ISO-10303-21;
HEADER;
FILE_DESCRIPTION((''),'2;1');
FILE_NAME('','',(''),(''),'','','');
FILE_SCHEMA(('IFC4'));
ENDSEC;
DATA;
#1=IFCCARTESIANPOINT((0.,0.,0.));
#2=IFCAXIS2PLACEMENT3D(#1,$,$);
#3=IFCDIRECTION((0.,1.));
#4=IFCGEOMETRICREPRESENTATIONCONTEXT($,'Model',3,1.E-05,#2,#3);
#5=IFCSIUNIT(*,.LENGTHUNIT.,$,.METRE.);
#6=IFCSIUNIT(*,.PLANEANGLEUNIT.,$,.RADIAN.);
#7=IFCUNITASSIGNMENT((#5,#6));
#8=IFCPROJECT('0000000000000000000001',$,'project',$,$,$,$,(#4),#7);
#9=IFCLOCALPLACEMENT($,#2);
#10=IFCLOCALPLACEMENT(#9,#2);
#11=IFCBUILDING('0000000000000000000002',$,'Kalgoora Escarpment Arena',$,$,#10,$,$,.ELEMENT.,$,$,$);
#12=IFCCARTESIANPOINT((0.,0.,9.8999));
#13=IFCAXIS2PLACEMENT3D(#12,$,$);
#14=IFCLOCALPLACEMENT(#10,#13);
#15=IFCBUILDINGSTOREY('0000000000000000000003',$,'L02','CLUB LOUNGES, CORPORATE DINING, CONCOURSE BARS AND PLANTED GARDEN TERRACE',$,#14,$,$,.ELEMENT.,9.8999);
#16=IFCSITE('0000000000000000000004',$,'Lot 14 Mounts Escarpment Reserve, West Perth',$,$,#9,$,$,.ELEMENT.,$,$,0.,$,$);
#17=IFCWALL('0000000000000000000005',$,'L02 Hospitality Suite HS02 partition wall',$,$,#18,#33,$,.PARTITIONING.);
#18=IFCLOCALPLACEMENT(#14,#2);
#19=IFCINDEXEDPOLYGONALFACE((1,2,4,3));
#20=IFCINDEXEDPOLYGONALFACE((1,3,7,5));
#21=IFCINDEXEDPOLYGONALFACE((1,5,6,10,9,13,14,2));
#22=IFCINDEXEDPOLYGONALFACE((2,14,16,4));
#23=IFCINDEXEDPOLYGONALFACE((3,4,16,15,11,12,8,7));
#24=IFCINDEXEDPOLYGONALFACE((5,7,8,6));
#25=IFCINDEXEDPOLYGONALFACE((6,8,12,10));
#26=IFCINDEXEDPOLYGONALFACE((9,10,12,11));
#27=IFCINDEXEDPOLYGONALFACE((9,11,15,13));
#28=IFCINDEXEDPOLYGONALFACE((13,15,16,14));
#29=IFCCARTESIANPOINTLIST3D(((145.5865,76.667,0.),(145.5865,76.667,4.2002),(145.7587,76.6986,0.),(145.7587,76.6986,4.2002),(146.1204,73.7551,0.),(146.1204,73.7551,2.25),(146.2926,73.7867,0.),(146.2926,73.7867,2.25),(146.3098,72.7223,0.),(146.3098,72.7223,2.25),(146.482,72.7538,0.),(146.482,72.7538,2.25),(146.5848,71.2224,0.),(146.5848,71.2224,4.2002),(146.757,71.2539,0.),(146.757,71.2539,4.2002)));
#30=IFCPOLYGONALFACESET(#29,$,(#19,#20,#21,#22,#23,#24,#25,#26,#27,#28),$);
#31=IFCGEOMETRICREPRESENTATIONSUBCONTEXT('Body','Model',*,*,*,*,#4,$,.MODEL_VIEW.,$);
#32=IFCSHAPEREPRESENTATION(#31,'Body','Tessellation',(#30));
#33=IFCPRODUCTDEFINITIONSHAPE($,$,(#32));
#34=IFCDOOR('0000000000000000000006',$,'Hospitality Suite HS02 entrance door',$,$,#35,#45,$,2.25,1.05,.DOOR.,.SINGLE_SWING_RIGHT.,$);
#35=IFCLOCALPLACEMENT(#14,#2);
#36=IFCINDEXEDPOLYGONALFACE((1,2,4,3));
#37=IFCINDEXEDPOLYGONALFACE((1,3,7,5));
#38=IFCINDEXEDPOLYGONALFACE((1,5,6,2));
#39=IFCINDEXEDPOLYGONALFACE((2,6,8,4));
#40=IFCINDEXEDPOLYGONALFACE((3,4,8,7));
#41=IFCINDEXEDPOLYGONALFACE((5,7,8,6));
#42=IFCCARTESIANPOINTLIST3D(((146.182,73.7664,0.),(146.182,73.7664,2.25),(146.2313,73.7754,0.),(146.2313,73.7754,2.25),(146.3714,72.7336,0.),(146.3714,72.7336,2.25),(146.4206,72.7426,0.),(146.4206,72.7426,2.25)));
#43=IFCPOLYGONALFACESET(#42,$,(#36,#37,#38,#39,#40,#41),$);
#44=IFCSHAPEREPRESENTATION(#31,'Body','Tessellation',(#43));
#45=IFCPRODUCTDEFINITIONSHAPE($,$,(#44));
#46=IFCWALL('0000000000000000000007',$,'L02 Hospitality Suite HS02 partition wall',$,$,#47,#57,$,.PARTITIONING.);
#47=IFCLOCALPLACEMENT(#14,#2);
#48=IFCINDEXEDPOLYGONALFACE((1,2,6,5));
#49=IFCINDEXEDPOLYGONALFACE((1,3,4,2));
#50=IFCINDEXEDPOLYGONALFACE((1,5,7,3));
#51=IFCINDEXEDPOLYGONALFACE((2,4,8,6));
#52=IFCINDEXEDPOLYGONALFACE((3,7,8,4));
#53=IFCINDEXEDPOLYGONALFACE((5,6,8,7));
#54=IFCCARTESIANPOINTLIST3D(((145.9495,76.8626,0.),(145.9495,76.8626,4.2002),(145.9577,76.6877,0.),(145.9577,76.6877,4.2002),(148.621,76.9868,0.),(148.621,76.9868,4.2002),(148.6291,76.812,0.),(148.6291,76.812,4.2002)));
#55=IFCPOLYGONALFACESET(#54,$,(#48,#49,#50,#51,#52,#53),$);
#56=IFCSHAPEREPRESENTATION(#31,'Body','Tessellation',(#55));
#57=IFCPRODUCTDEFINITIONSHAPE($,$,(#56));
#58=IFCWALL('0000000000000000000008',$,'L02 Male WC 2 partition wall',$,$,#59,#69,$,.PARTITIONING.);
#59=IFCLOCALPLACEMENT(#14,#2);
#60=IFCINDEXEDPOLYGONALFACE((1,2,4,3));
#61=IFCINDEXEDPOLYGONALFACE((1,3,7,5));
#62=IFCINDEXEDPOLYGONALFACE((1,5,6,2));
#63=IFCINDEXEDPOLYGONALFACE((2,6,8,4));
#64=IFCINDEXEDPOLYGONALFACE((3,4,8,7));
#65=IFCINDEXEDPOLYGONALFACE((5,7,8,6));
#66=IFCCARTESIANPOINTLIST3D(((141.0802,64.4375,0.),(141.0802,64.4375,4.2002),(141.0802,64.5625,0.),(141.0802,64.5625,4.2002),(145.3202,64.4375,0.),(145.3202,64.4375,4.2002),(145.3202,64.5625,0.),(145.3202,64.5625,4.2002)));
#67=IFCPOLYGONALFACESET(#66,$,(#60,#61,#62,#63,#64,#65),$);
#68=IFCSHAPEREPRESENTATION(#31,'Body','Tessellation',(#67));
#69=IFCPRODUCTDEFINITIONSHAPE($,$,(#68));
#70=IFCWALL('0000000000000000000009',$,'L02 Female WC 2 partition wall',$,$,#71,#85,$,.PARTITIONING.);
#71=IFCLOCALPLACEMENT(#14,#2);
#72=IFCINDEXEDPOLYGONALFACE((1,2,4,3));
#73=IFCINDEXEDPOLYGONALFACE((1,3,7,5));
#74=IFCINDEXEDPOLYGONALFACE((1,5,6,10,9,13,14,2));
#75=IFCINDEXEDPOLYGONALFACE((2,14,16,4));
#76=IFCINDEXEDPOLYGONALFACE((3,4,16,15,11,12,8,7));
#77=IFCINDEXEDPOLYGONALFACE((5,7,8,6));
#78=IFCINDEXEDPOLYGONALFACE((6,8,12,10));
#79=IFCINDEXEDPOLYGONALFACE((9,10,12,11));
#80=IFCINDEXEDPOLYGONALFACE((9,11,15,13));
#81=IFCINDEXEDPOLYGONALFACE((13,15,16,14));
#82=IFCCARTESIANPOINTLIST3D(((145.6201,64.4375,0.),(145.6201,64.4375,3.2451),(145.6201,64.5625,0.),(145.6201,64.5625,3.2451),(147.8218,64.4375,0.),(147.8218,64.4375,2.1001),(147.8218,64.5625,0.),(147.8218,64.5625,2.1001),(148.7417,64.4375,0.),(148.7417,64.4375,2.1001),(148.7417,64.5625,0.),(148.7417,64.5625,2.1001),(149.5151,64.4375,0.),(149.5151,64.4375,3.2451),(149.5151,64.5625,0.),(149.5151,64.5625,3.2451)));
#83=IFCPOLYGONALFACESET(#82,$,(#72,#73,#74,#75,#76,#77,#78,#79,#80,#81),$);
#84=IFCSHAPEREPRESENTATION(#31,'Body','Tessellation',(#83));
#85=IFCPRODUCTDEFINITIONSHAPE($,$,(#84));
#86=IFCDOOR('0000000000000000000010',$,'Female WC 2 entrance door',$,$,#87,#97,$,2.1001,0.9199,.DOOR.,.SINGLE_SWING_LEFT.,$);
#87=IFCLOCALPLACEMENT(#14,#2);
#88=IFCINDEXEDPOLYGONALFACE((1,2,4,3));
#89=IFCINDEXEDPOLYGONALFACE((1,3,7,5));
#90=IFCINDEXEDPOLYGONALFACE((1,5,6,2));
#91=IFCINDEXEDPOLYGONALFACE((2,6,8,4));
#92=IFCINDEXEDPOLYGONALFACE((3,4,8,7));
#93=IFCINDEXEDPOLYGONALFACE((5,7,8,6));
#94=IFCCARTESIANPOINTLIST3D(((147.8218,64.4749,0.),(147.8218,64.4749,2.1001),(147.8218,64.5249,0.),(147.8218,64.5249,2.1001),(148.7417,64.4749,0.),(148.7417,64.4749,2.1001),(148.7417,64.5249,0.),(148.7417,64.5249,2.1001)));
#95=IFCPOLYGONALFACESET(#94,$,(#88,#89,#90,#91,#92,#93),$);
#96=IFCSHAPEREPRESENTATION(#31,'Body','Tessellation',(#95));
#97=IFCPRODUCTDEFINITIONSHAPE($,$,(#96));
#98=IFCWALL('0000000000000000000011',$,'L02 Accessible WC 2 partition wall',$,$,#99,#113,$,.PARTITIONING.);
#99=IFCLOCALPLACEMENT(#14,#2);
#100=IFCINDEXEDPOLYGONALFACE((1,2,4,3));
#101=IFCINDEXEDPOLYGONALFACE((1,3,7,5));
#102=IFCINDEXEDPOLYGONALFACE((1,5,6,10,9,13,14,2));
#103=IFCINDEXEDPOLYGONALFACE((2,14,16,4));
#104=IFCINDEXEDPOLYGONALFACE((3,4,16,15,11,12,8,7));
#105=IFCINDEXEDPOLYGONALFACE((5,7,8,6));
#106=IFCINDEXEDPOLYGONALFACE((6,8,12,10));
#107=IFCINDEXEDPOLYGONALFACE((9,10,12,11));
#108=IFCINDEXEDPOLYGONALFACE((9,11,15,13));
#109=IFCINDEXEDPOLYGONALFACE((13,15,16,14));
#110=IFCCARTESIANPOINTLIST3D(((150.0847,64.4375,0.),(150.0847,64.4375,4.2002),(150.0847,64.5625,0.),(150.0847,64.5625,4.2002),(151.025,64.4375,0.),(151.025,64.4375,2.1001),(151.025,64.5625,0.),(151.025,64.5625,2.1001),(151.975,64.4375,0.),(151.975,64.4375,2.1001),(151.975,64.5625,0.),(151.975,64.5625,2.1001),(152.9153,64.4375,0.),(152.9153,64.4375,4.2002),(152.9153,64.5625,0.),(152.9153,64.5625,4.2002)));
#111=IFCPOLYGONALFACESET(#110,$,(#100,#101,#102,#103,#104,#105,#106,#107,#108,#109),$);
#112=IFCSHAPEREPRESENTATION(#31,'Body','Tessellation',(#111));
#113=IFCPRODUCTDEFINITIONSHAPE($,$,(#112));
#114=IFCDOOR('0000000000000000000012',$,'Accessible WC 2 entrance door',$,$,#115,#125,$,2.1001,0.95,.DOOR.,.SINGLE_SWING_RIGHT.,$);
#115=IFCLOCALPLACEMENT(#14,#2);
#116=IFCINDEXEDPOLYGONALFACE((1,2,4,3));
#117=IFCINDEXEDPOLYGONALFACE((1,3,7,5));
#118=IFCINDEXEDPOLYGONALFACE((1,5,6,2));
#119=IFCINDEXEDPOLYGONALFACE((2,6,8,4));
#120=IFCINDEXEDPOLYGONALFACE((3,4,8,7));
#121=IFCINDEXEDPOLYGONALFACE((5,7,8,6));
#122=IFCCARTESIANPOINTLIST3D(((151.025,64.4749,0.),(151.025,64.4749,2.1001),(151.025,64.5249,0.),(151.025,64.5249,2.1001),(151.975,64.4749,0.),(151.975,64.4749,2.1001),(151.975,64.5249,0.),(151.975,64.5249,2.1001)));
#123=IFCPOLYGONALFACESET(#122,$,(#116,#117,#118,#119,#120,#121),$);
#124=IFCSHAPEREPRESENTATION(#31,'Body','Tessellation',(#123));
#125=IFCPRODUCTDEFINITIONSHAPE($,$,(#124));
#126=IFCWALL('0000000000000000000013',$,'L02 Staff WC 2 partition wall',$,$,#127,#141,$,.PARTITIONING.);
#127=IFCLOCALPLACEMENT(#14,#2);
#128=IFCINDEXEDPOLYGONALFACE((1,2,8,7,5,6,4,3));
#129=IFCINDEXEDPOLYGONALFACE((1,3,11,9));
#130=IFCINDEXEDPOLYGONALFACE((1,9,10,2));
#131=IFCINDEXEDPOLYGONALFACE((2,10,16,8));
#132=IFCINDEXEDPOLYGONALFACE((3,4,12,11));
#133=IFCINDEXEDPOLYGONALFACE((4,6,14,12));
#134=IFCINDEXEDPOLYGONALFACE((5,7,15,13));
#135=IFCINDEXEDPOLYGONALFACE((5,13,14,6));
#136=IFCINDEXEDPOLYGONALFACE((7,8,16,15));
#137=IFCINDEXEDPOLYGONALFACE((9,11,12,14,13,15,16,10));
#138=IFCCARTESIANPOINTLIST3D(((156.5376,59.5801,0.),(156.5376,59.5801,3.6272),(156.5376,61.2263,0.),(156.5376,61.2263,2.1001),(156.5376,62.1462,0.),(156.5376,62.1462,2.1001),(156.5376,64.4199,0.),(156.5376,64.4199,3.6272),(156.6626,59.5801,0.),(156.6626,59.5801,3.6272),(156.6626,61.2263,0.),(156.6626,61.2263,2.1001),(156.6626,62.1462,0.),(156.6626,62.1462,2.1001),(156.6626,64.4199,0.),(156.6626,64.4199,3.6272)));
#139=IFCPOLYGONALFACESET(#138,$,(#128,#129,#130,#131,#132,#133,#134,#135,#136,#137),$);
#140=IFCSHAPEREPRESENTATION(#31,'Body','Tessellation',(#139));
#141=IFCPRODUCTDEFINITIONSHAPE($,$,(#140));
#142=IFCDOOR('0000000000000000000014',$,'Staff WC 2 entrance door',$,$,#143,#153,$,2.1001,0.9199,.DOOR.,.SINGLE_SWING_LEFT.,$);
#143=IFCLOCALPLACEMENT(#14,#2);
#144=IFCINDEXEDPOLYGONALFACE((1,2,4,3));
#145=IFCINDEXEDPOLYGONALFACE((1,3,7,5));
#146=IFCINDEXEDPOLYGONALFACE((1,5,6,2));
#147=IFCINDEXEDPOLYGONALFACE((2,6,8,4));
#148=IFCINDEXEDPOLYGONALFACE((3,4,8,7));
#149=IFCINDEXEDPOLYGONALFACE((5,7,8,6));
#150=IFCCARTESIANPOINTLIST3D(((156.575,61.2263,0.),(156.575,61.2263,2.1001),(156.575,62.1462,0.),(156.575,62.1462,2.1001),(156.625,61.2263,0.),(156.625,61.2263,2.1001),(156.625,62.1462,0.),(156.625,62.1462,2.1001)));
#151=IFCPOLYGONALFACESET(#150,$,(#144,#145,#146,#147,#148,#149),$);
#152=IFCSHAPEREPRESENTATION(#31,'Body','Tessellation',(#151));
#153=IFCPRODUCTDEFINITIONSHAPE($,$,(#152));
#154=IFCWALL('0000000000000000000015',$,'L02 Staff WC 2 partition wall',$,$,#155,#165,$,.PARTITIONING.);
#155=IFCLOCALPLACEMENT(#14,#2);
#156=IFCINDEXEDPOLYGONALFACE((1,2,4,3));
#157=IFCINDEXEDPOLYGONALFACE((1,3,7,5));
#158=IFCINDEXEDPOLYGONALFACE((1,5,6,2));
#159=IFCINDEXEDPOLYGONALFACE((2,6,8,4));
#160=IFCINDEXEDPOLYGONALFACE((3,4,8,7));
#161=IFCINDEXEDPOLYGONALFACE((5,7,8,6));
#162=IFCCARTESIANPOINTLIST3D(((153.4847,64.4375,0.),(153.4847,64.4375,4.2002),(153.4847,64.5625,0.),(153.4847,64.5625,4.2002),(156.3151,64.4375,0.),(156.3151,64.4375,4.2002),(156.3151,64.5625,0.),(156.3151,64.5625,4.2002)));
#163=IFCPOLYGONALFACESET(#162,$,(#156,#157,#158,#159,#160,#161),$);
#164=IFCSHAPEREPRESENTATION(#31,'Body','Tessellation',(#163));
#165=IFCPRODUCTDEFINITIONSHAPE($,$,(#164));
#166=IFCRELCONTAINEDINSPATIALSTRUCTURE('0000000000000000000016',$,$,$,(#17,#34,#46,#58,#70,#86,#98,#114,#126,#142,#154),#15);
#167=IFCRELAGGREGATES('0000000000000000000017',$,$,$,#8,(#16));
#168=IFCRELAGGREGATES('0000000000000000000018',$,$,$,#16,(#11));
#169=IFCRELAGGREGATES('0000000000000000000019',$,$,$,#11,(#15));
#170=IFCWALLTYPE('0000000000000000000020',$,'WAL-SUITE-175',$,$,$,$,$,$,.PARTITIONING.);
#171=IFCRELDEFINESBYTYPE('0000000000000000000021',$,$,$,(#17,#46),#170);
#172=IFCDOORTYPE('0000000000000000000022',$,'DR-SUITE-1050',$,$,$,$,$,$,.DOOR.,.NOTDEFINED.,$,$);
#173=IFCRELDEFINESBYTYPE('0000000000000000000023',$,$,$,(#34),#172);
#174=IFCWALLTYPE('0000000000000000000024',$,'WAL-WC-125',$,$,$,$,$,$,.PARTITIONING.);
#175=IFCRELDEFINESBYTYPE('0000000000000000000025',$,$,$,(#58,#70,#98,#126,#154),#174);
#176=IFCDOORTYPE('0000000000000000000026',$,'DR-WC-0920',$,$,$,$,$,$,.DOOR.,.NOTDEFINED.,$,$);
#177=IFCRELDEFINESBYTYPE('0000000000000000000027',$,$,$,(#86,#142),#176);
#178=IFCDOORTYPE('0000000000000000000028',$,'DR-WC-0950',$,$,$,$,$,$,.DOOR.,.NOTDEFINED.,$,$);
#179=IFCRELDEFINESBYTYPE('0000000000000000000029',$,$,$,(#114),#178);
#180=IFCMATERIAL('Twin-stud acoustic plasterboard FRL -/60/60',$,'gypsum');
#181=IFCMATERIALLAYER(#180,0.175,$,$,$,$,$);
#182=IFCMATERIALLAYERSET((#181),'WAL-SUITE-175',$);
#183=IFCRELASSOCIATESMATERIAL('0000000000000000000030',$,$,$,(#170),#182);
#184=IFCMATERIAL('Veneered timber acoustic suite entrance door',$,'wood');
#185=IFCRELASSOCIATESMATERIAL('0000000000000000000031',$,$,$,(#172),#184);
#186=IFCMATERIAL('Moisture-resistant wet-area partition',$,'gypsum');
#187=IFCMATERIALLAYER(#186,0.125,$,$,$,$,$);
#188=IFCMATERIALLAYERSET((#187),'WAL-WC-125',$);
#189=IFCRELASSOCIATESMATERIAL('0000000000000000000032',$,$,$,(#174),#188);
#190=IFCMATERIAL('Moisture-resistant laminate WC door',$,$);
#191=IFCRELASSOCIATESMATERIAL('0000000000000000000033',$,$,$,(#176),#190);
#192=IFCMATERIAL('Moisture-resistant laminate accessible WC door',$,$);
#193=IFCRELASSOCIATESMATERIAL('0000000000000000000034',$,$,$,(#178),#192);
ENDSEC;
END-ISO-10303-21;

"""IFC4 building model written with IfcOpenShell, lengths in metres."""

from ifc_helpers import new_model, si_unit, direction, frame, frame_2d, origin, place, context, subcontext, project, spatial, rectangle, extrude, material, layer, layer_set, type_object, element, fill, save


model = new_model("IFC4")

# Units and contexts
model_context = context("Model", 3, precision=1e-05, world=origin(), true_north=direction((0.0, 1.0)))
body_context = subcontext(model_context, "Body", "Model", "MODEL_VIEW")
ifc_project = project(units=[si_unit("LENGTHUNIT", "METRE"), si_unit("PLANEANGLEUNIT", "RADIAN")], contexts=[model_context])

# Site, building, storey
site_placement = place(None, origin())
site = spatial("IfcSite", under=ifc_project, at=site_placement, Name="Lot 14 Mounts Escarpment Reserve, West Perth", CompositionType="ELEMENT", RefElevation=0.0)
building_placement = place(site_placement, origin())
building = spatial("IfcBuilding", under=site, at=building_placement, Name="Kalgoora Escarpment Arena", CompositionType="ELEMENT")
storey_placement = place(building_placement, frame((0.0, 0.0, 9.8999)))
storey = spatial("IfcBuildingStorey", under=building, at=storey_placement, Name="L02", Description="CLUB LOUNGES, CORPORATE DINING, CONCOURSE BARS AND PLANTED GARDEN TERRACE", CompositionType="ELEMENT", Elevation=9.8999)

# Shared definitions
ifc_material_1 = material(Name="Twin-stud acoustic plasterboard FRL -/60/60", Category="gypsum")
ifc_layer_1 = layer(ifc_material_1, 0.175)
ifc_layer_set_1 = layer_set([ifc_layer_1], Name="WAL-SUITE-175")
wall_type_1 = type_object("IfcWallType", Name="WAL-SUITE-175", PredefinedType="PARTITIONING", material=ifc_layer_set_1)

# Wall, opening, door
wall_1_placement = place(storey_placement, frame((146.6709, 71.2383, 0.0), z_axis=(0.0, 0.0, 1.0), x_axis=(-0.180348, 0.983603, 0.0)))
wall_1 = element("IfcWall", 1, at=wall_1_placement, inside=storey, type_object=wall_type_1, Name="L02 Hospitality Suite HS02 partition wall", PredefinedType="PARTITIONING", context=body_context, shape_type="SweptSolid", body=[
    extrude(rectangle(XDim=5.5354, YDim=0.175, at=frame_2d((2.7676, 0.0))), origin(), (0.0, 0.0, 1.0), 4.2002),
])
opening_1_placement = place(wall_1_placement, frame((1.5249, 0.0, 0.0)))
opening_1 = element("IfcOpeningElement", 2, at=opening_1_placement, cuts=wall_1, PredefinedType="OPENING", context=body_context, shape_type="SweptSolid", body=[
    extrude(rectangle(XDim=1.05, YDim=2.25, at=frame_2d((0.5249, 1.125))), frame((0.0, 0.0974, 0.0), z_axis=(0.0, -1.0, 0.0), x_axis=(1.0, 0.0, 0.0)), (0.0, 0.0, 1.0), 0.1951),
])
ifc_material_2 = material(Name="Veneered timber acoustic suite entrance door", Category="wood")
door_type_1 = type_object("IfcDoorType", Name="DR-SUITE-1050", OperationType="NOTDEFINED", PredefinedType="DOOR", material=ifc_material_2)
door_1_placement = place(opening_1_placement, origin())
door_1 = element("IfcDoor", 3, at=door_1_placement, inside=storey, type_object=door_type_1, Name="Hospitality Suite HS02 entrance door", OperationType="SINGLE_SWING_RIGHT", OverallHeight=2.25, OverallWidth=1.05, PredefinedType="DOOR", context=body_context, shape_type="SweptSolid", body=[
    extrude(rectangle(XDim=1.05, YDim=2.25, at=frame_2d((0.5249, 1.125))), frame((0.0, 0.0249, 0.0), z_axis=(0.0, -1.0, 0.0), x_axis=(1.0, 0.0, 0.0)), (0.0, 0.0, 1.0), 0.05),
])
fill(opening_1, door_1)

# Walls
wall_2_placement = place(storey_placement, frame((145.9536, 76.7751, 0.0), z_axis=(0.0, 0.0, 1.0), x_axis=(0.99892, 0.046468, 0.0)))
element("IfcWall", 4, at=wall_2_placement, inside=storey, type_object=wall_type_1, Name="L02 Hospitality Suite HS02 partition wall", PredefinedType="PARTITIONING", context=body_context, shape_type="SweptSolid", body=[
    extrude(rectangle(XDim=2.6743, YDim=0.175, at=frame_2d((1.3372, 0.0))), origin(), (0.0, 0.0, 1.0), 4.2002),
])
ifc_material_3 = material(Name="Moisture-resistant wet-area partition", Category="gypsum")
ifc_layer_2 = layer(ifc_material_3, 0.125)
ifc_layer_set_2 = layer_set([ifc_layer_2], Name="WAL-WC-125")
wall_type_2 = type_object("IfcWallType", Name="WAL-WC-125", PredefinedType="PARTITIONING", material=ifc_layer_set_2)
wall_3_placement = place(storey_placement, frame((141.0801, 64.5, 0.0), z_axis=(0.0, 0.0, 1.0), x_axis=(1.0, 0.0, 0.0)))
element("IfcWall", 5, at=wall_3_placement, inside=storey, type_object=wall_type_2, Name="L02 Male WC 2 partition wall", PredefinedType="PARTITIONING", context=body_context, shape_type="SweptSolid", body=[
    extrude(rectangle(XDim=4.24, YDim=0.125, at=frame_2d((2.1201, 0.0))), origin(), (0.0, 0.0, 1.0), 4.2002),
])

# Walls, openings, doors
wall_4_placement = place(storey_placement, frame((145.6201, 64.5, 0.0), z_axis=(0.0, 0.0, 1.0), x_axis=(1.0, 0.0, 0.0)))
wall_4 = element("IfcWall", 6, at=wall_4_placement, inside=storey, type_object=wall_type_2, Name="L02 Female WC 2 partition wall", PredefinedType="PARTITIONING", context=body_context, shape_type="SweptSolid", body=[
    extrude(rectangle(XDim=3.895, YDim=0.125, at=frame_2d((1.9475, 0.0))), origin(), (0.0, 0.0, 1.0), 3.2451),
])
opening_2_placement = place(wall_4_placement, frame((2.2017, 0.0, 0.0)))
opening_2 = element("IfcOpeningElement", 7, at=opening_2_placement, cuts=wall_4, PredefinedType="OPENING", context=body_context, shape_type="SweptSolid", body=[
    extrude(rectangle(XDim=0.9199, YDim=2.1001, at=frame_2d((0.46, 1.05))), frame((0.0, 0.0725, 0.0), z_axis=(0.0, -1.0, 0.0), x_axis=(1.0, 0.0, 0.0)), (0.0, 0.0, 1.0), 0.145),
])
ifc_material_4 = material(Name="Moisture-resistant laminate WC door")
door_type_2 = type_object("IfcDoorType", Name="DR-WC-0920", OperationType="NOTDEFINED", PredefinedType="DOOR", material=ifc_material_4)
door_2_placement = place(opening_2_placement, origin())
door_2 = element("IfcDoor", 8, at=door_2_placement, inside=storey, type_object=door_type_2, Name="Female WC 2 entrance door", OperationType="SINGLE_SWING_LEFT", OverallHeight=2.1001, OverallWidth=0.9199, PredefinedType="DOOR", context=body_context, shape_type="SweptSolid", body=[
    extrude(rectangle(XDim=0.9199, YDim=2.1001, at=frame_2d((0.46, 1.05))), frame((0.0, 0.0249, 0.0), z_axis=(0.0, -1.0, 0.0), x_axis=(1.0, 0.0, 0.0)), (0.0, 0.0, 1.0), 0.05),
])
fill(opening_2, door_2)
wall_5_placement = place(storey_placement, frame((150.0847, 64.5, 0.0), z_axis=(0.0, 0.0, 1.0), x_axis=(1.0, 0.0, 0.0)))
wall_5 = element("IfcWall", 9, at=wall_5_placement, inside=storey, type_object=wall_type_2, Name="L02 Accessible WC 2 partition wall", PredefinedType="PARTITIONING", context=body_context, shape_type="SweptSolid", body=[
    extrude(rectangle(XDim=2.8306, YDim=0.125, at=frame_2d((1.4153, 0.0))), origin(), (0.0, 0.0, 1.0), 4.2002),
])
opening_3_placement = place(wall_5_placement, frame((0.9402, 0.0, 0.0)))
opening_3 = element("IfcOpeningElement", 10, at=opening_3_placement, cuts=wall_5, PredefinedType="OPENING", context=body_context, shape_type="SweptSolid", body=[
    extrude(rectangle(XDim=0.95, YDim=2.1001, at=frame_2d((0.4751, 1.05))), frame((0.0, 0.0725, 0.0), z_axis=(0.0, -1.0, 0.0), x_axis=(1.0, 0.0, 0.0)), (0.0, 0.0, 1.0), 0.145),
])
ifc_material_5 = material(Name="Moisture-resistant laminate accessible WC door")
door_type_3 = type_object("IfcDoorType", Name="DR-WC-0950", OperationType="NOTDEFINED", PredefinedType="DOOR", material=ifc_material_5)
door_3_placement = place(opening_3_placement, origin())
door_3 = element("IfcDoor", 11, at=door_3_placement, inside=storey, type_object=door_type_3, Name="Accessible WC 2 entrance door", OperationType="SINGLE_SWING_RIGHT", OverallHeight=2.1001, OverallWidth=0.95, PredefinedType="DOOR", context=body_context, shape_type="SweptSolid", body=[
    extrude(rectangle(XDim=0.95, YDim=2.1001, at=frame_2d((0.4751, 1.05))), frame((0.0, 0.0249, 0.0), z_axis=(0.0, -1.0, 0.0), x_axis=(1.0, 0.0, 0.0)), (0.0, 0.0, 1.0), 0.05),
])
fill(opening_3, door_3)
wall_6_placement = place(storey_placement, frame((156.6001, 64.4199, 0.0), z_axis=(0.0, 0.0, 1.0), x_axis=(0.0, -1.0, 0.0)))
wall_6 = element("IfcWall", 12, at=wall_6_placement, inside=storey, type_object=wall_type_2, Name="L02 Staff WC 2 partition wall", PredefinedType="PARTITIONING", context=body_context, shape_type="SweptSolid", body=[
    extrude(rectangle(XDim=4.8398, YDim=0.125, at=frame_2d((2.4199, 0.0))), origin(), (0.0, 0.0, 1.0), 3.6272),
])
opening_4_placement = place(wall_6_placement, frame((2.2737, 0.0, 0.0)))
opening_4 = element("IfcOpeningElement", 13, at=opening_4_placement, cuts=wall_6, PredefinedType="OPENING", context=body_context, shape_type="SweptSolid", body=[
    extrude(rectangle(XDim=0.9199, YDim=2.1001, at=frame_2d((0.46, 1.05))), frame((0.0, 0.0725, 0.0), z_axis=(0.0, -1.0, 0.0), x_axis=(1.0, 0.0, 0.0)), (0.0, 0.0, 1.0), 0.145),
])
door_4_placement = place(opening_4_placement, origin())
door_4 = element("IfcDoor", 14, at=door_4_placement, inside=storey, type_object=door_type_2, Name="Staff WC 2 entrance door", OperationType="SINGLE_SWING_LEFT", OverallHeight=2.1001, OverallWidth=0.9199, PredefinedType="DOOR", context=body_context, shape_type="SweptSolid", body=[
    extrude(rectangle(XDim=0.9199, YDim=2.1001, at=frame_2d((0.46, 1.05))), frame((0.0, 0.0249, 0.0), z_axis=(0.0, -1.0, 0.0), x_axis=(1.0, 0.0, 0.0)), (0.0, 0.0, 1.0), 0.05),
])
fill(opening_4, door_4)

# Wall
wall_7_placement = place(storey_placement, frame((153.4849, 64.5, 0.0), z_axis=(0.0, 0.0, 1.0), x_axis=(1.0, 0.0, 0.0)))
element("IfcWall", 15, at=wall_7_placement, inside=storey, type_object=wall_type_2, Name="L02 Staff WC 2 partition wall", PredefinedType="PARTITIONING", context=body_context, shape_type="SweptSolid", body=[
    extrude(rectangle(XDim=2.8303, YDim=0.125, at=frame_2d((1.415, 0.0))), origin(), (0.0, 0.0, 1.0), 4.2002),
])

save(model, "model.ifc")
